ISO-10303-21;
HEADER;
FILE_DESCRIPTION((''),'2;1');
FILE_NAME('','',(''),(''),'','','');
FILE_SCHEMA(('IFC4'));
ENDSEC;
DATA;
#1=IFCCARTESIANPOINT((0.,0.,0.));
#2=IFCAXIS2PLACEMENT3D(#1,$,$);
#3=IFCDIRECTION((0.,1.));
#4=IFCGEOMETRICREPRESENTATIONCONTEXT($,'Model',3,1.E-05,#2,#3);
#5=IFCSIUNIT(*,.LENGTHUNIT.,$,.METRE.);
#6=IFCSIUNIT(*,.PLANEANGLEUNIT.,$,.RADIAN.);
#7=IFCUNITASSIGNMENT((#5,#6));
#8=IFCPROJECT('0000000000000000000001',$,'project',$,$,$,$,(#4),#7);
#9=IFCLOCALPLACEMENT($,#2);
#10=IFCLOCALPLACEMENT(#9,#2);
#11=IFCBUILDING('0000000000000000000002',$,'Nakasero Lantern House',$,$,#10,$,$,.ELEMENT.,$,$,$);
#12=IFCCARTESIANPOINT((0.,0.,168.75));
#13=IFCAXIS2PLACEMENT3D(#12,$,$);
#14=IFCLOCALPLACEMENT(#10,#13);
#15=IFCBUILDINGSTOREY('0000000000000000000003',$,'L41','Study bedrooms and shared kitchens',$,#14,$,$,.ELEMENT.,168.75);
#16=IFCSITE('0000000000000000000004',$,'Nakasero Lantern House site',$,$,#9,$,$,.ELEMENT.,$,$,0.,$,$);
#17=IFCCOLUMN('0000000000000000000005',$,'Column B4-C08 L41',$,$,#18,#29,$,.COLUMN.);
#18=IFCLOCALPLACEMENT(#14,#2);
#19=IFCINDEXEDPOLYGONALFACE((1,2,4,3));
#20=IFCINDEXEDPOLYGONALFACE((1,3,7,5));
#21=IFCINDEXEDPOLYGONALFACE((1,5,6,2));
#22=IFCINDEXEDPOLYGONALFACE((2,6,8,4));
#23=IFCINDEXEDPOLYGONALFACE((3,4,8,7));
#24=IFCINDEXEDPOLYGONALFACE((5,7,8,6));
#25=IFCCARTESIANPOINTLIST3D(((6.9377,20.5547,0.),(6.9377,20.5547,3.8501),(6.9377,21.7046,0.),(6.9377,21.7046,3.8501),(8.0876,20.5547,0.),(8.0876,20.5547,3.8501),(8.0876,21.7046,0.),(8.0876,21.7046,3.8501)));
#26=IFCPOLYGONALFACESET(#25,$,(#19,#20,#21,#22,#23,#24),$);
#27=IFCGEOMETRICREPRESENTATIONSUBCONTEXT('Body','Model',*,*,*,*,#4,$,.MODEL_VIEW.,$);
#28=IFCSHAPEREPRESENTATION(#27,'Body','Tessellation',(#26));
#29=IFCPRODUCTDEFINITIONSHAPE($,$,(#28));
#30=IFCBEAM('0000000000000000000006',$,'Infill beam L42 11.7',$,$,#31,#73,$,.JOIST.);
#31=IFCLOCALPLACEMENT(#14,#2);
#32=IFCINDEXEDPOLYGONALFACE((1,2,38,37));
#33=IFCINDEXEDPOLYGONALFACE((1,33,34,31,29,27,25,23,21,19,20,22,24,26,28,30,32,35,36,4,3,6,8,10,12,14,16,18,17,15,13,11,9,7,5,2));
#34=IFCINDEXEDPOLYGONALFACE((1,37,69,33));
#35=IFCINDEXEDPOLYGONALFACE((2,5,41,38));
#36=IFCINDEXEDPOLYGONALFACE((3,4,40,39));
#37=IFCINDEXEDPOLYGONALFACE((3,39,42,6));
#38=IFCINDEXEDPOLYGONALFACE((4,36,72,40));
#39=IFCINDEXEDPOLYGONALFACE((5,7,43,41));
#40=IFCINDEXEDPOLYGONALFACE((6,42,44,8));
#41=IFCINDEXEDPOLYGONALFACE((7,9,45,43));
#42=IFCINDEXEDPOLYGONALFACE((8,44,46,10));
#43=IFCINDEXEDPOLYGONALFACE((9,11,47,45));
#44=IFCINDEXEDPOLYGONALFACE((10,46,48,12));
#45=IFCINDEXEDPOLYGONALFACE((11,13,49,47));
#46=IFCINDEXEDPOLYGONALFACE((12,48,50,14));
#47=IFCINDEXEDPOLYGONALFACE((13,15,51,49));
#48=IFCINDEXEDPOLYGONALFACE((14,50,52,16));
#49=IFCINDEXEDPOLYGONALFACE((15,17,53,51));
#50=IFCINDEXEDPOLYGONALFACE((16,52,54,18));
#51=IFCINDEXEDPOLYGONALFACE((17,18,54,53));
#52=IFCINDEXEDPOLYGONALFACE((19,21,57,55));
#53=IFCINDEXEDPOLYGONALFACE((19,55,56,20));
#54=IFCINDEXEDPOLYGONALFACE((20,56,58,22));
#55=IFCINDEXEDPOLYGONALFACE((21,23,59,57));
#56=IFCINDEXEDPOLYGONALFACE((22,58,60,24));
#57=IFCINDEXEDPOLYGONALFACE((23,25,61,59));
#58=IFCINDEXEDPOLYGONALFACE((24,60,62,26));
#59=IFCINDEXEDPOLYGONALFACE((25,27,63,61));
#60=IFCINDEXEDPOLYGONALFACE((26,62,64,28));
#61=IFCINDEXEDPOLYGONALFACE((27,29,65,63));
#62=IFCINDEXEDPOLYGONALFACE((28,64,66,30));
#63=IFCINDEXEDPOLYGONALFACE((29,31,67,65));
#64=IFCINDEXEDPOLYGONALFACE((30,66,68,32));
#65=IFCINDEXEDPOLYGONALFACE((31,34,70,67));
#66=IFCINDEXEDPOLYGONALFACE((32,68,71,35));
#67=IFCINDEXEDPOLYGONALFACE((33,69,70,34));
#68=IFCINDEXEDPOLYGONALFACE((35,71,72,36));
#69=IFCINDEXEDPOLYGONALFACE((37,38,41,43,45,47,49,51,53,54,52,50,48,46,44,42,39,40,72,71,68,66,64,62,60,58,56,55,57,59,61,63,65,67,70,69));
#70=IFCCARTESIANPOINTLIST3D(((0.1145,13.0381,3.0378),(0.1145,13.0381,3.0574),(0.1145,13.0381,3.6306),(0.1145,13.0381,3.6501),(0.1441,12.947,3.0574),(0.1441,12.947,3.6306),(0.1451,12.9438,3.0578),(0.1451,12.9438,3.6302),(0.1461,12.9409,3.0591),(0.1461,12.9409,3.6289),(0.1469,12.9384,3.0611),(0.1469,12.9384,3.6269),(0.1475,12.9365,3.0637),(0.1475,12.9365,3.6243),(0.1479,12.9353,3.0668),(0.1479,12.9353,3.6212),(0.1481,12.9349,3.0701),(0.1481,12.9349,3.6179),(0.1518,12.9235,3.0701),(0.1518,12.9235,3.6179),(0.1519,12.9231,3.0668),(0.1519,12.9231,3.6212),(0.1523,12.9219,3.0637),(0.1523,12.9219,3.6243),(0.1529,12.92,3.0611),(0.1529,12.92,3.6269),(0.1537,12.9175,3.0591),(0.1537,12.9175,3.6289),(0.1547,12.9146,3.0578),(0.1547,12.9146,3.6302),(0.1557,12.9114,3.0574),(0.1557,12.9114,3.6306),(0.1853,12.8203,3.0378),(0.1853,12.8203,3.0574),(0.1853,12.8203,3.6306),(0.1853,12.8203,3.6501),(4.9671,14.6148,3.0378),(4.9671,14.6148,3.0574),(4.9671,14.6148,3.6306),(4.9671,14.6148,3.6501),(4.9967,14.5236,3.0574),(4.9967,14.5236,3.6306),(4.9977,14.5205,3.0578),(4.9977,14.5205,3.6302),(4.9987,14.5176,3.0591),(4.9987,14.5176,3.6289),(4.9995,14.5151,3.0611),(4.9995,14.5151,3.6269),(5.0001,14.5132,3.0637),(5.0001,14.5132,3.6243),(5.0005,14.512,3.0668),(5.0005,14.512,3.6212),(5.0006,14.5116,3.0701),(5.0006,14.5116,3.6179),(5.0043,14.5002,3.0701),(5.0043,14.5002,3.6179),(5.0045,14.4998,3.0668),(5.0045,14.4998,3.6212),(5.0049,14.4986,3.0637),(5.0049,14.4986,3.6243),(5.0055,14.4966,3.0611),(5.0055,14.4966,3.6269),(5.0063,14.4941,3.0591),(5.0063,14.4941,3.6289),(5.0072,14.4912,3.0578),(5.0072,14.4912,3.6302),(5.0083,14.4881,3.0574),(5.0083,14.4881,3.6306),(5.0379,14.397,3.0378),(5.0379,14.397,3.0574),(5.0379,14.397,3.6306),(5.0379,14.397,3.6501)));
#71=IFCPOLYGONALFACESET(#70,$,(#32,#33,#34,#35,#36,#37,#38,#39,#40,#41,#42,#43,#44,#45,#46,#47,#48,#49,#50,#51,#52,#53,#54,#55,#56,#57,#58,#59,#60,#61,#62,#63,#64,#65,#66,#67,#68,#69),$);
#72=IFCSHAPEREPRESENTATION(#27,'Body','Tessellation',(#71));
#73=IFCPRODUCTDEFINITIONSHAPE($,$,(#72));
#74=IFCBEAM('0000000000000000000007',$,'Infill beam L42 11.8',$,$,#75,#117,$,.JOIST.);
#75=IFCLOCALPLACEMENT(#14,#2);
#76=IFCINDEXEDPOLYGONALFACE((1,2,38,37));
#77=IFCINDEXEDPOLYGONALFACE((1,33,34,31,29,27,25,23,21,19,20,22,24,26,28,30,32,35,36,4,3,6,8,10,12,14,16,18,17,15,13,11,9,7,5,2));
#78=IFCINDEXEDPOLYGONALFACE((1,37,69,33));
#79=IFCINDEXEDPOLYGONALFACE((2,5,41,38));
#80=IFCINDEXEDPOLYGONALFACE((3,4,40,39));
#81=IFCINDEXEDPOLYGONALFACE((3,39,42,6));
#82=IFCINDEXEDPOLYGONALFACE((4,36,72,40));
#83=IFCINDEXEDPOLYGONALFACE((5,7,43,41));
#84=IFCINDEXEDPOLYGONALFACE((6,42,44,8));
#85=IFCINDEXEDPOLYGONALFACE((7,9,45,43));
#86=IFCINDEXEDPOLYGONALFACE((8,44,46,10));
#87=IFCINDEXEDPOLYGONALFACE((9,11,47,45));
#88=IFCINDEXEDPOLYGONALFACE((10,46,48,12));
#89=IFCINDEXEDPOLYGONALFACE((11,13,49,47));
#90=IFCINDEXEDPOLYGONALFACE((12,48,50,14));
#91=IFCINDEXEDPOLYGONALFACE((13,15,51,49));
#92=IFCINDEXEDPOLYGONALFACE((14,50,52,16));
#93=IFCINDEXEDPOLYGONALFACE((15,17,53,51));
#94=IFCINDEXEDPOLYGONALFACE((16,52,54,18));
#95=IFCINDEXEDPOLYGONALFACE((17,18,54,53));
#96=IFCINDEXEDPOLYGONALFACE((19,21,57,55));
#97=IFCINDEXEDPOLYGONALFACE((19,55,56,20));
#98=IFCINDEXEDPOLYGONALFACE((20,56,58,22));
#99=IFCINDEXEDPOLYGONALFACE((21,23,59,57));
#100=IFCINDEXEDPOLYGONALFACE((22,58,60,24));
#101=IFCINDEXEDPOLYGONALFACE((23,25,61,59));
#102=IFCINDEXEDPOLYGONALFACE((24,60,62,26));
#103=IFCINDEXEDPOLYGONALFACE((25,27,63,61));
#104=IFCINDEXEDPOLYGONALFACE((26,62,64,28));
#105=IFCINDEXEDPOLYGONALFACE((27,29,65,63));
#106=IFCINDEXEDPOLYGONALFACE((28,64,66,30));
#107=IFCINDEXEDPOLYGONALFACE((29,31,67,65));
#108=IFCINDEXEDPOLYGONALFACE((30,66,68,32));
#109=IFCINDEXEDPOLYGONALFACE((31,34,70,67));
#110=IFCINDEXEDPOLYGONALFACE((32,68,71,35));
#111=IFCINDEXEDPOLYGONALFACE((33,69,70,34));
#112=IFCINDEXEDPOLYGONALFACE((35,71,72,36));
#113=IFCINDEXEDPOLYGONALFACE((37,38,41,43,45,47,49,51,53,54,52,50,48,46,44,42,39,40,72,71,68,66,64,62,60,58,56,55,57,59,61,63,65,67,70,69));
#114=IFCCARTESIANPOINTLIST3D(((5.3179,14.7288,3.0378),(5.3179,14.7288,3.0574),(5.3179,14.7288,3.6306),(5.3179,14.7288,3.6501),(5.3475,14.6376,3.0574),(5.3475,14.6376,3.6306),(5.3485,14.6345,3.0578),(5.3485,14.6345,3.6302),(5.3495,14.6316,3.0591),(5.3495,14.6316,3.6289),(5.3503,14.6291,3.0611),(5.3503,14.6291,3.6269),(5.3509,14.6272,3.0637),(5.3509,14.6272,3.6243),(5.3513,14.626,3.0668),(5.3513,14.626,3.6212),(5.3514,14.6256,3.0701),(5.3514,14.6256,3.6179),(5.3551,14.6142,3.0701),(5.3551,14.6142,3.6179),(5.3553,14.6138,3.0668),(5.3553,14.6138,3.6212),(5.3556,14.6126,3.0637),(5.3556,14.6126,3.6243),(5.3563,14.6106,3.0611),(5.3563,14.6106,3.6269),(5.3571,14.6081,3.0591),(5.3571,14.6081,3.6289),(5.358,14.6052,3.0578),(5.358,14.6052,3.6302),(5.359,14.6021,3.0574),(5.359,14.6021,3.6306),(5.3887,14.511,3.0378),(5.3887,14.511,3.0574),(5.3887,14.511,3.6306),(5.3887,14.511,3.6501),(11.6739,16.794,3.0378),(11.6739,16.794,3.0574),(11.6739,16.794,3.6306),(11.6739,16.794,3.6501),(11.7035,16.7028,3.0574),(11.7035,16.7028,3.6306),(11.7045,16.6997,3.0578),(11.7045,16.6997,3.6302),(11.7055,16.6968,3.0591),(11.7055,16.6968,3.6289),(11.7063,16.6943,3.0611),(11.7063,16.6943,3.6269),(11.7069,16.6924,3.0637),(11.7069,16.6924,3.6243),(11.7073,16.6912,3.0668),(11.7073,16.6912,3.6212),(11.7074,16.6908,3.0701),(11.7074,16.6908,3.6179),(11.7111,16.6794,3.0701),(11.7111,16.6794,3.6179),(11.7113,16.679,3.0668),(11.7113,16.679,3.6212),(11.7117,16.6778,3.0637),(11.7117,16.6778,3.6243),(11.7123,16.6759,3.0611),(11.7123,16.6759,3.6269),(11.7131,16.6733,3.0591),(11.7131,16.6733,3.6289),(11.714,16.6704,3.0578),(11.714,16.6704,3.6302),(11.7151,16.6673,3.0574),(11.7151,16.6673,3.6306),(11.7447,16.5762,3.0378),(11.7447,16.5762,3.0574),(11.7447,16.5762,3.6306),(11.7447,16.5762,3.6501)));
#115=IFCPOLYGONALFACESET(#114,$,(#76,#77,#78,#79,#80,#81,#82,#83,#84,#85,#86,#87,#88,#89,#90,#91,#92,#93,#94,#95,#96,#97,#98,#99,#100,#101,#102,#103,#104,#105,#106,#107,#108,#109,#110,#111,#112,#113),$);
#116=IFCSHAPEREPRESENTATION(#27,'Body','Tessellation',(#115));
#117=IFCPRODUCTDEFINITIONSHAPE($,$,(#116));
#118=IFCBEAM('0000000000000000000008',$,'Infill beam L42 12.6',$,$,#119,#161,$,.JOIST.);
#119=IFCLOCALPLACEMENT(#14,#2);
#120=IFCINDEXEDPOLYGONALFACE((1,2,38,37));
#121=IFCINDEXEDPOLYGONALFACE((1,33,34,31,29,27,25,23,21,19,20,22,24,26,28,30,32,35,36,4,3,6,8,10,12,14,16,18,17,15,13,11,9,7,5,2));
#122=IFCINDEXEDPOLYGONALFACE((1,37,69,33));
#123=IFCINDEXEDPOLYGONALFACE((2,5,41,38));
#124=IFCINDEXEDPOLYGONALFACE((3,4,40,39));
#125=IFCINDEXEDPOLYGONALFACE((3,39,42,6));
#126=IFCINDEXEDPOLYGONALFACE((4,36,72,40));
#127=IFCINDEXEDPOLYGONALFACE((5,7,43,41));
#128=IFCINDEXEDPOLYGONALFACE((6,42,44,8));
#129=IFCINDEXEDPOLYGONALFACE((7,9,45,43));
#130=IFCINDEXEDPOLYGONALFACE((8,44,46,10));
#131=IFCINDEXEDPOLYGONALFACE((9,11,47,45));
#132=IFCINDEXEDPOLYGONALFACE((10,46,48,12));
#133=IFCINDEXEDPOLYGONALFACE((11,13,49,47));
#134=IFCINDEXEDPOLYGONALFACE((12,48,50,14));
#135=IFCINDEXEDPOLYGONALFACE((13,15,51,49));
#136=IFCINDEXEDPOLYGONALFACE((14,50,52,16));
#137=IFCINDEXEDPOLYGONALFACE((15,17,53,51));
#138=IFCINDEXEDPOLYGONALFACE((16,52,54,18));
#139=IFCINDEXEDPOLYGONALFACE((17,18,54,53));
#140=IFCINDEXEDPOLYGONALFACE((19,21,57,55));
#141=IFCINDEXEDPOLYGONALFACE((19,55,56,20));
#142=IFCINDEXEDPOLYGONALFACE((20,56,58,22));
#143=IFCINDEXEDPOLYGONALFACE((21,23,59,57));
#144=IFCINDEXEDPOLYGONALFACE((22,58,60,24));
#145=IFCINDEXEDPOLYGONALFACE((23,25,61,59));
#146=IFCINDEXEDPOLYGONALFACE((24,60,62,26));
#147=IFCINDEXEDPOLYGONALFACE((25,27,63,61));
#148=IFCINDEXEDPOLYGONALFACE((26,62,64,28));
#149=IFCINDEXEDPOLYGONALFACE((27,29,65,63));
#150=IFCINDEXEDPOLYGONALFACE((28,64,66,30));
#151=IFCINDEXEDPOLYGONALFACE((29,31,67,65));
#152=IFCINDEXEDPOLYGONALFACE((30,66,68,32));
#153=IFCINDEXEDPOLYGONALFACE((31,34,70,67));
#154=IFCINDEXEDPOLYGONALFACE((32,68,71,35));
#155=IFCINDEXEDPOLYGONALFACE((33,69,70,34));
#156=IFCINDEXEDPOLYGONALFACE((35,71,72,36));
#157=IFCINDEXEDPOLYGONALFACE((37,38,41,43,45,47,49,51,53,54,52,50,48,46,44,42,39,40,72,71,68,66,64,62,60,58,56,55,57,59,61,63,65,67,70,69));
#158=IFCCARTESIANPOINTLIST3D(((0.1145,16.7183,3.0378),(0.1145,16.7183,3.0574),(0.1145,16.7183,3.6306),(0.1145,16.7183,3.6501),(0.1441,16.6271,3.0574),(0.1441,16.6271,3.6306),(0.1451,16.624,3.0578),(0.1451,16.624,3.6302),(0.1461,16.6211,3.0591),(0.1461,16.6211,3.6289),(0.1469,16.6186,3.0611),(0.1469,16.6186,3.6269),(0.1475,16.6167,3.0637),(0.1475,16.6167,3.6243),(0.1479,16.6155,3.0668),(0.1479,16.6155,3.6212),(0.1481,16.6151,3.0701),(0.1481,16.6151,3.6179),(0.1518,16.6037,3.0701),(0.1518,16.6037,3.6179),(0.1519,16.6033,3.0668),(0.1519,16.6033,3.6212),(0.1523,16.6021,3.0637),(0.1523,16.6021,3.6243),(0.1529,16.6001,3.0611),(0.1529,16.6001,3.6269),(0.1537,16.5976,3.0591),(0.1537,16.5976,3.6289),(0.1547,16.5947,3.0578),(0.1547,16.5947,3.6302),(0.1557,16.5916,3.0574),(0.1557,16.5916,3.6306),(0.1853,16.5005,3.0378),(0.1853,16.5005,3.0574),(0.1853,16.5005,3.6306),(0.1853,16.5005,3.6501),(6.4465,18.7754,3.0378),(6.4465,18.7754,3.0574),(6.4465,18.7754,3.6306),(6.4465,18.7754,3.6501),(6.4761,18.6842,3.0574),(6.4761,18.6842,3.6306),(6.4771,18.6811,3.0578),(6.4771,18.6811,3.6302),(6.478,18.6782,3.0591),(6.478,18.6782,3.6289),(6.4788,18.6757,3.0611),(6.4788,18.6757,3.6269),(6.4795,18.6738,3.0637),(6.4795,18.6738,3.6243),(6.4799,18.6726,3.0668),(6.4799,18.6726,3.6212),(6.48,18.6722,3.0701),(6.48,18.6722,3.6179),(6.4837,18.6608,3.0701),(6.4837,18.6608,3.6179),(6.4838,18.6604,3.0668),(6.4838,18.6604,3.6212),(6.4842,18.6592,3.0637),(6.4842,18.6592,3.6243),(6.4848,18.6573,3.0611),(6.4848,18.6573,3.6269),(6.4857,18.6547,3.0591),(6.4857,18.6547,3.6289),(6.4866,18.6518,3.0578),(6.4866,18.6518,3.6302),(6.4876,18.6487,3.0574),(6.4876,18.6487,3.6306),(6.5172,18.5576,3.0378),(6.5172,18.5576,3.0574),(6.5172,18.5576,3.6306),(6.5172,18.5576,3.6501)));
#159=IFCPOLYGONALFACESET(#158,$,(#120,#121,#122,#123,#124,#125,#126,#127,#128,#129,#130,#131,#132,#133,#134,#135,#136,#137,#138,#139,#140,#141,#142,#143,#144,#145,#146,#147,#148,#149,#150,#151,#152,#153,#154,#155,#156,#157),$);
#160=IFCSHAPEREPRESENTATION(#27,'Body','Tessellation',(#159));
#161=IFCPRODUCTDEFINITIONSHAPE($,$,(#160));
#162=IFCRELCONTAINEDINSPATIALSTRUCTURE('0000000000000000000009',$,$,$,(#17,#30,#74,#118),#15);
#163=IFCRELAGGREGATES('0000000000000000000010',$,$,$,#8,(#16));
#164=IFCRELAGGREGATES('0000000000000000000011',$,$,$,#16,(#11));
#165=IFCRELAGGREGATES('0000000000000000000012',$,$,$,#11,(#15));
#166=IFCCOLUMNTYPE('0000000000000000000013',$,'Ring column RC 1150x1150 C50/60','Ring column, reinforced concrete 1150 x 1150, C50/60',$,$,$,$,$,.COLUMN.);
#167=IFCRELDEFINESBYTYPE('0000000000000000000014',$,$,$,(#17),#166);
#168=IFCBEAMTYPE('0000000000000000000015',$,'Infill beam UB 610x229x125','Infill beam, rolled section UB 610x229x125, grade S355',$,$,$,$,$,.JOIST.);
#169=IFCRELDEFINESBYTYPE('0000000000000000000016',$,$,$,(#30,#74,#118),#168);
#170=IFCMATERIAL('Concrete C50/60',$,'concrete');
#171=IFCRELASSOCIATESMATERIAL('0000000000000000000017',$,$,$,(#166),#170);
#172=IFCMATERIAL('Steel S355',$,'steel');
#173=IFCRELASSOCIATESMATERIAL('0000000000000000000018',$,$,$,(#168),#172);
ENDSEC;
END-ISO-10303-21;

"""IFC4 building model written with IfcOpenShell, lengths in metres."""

from ifc_helpers import new_model, si_unit, direction, frame, origin, origin_2d, place, context, subcontext, project, spatial, rectangle, i_section, extrude, material, material_profile, profile_set, type_object, element, save


model = new_model("IFC4")

# Units and contexts
model_context = context("Model", 3, precision=1e-05, world=origin(), true_north=direction((0.0, 1.0)))
body_context = subcontext(model_context, "Body", "Model", "MODEL_VIEW")
ifc_project = project(units=[si_unit("LENGTHUNIT", "METRE"), si_unit("PLANEANGLEUNIT", "RADIAN")], contexts=[model_context])

# Site, building, storey
site_placement = place(None, origin())
site = spatial("IfcSite", under=ifc_project, at=site_placement, Name="Nakasero Lantern House site", CompositionType="ELEMENT", RefElevation=0.0)
building_placement = place(site_placement, origin())
building = spatial("IfcBuilding", under=site, at=building_placement, Name="Nakasero Lantern House", CompositionType="ELEMENT")
storey_placement = place(building_placement, frame((0.0, 0.0, 168.75)))
storey = spatial("IfcBuildingStorey", under=building, at=storey_placement, Name="L41", Description="Study bedrooms and shared kitchens", CompositionType="ELEMENT", Elevation=168.75)

# Column
ifc_material_1 = material(Name="Concrete C50/60", Category="concrete")
ifc_material_profile_1 = material_profile(ifc_material_1, rectangle(XDim=1.1499, YDim=1.1499, at=origin_2d()), Name="RC 1150x1150")
ifc_profile_set_1 = profile_set([ifc_material_profile_1], Name="Concrete C50/60")
column_type = type_object("IfcColumnType", Name="Ring column RC 1150x1150 C50/60", Description="Ring column, reinforced concrete 1150 x 1150, C50/60", PredefinedType="COLUMN", material=ifc_profile_set_1)
column_placement = place(storey_placement, frame((7.5127, 21.1296, 0.0), z_axis=(0.0, 0.0, 1.0), x_axis=(1.0, 0.0, 0.0)))
element("IfcColumn", 1, at=column_placement, inside=storey, type_object=column_type, Name="Column B4-C08 L41", PredefinedType="COLUMN", context=body_context, shape_type="SweptSolid", body=[
    extrude(rectangle(XDim=1.1499, YDim=1.1499, at=origin_2d()), origin(), (0.0, 0.0, 1.0), 3.8501),
])

# Beams
ifc_material_2 = material(Name="Steel S355", Category="steel")
ifc_material_profile_2 = material_profile(ifc_material_2, i_section(OverallWidth=0.229, OverallDepth=0.6123, WebThickness=0.012, FlangeThickness=0.0195, FilletRadius=0.0127, at=origin_2d()), Name="UB 610x229x125")
ifc_profile_set_2 = profile_set([ifc_material_profile_2], Name="Steel S355")
beam_type_1 = type_object("IfcBeamType", Name="Infill beam UB 610x229x125", Description="Infill beam, rolled section UB 610x229x125, grade S355", PredefinedType="JOIST", material=ifc_profile_set_2)
beam_1_placement = place(storey_placement, frame((0.1499, 12.9292, 3.344), z_axis=(0.951058, 0.309012, 0.0), x_axis=(-0.309012, 0.951058, 0.0)))
element("IfcBeam", 2, at=beam_1_placement, inside=storey, type_object=beam_type_1, Name="Infill beam L42 11.7", PredefinedType="JOIST", context=body_context, shape_type="SweptSolid", body=[
    extrude(i_section(OverallWidth=0.229, OverallDepth=0.6123, WebThickness=0.012, FlangeThickness=0.0195, FilletRadius=0.0127, at=origin_2d()), origin(), (0.0, 0.0, 1.0), 5.1023),
])
beam_2_placement = place(storey_placement, frame((5.3533, 14.6199, 3.344), z_axis=(0.951056, 0.309018, 0.0), x_axis=(-0.309018, 0.951056, 0.0)))
element("IfcBeam", 3, at=beam_2_placement, inside=storey, type_object=beam_type_1, Name="Infill beam L42 11.8", PredefinedType="JOIST", context=body_context, shape_type="SweptSolid", body=[
    extrude(i_section(OverallWidth=0.229, OverallDepth=0.6123, WebThickness=0.012, FlangeThickness=0.0195, FilletRadius=0.0127, at=origin_2d()), origin(), (0.0, 0.0, 1.0), 6.6831),
])
beam_3_placement = place(storey_placement, frame((0.1499, 16.6094, 3.344), z_axis=(0.951069, 0.30898, 0.0), x_axis=(-0.30898, 0.951069, 0.0)))
element("IfcBeam", 4, at=beam_3_placement, inside=storey, type_object=beam_type_1, Name="Infill beam L42 12.6", PredefinedType="JOIST", context=body_context, shape_type="SweptSolid", body=[
    extrude(i_section(OverallWidth=0.229, OverallDepth=0.6123, WebThickness=0.012, FlangeThickness=0.0195, FilletRadius=0.0127, at=origin_2d()), origin(), (0.0, 0.0, 1.0), 6.6577),
])

save(model, "model.ifc")
